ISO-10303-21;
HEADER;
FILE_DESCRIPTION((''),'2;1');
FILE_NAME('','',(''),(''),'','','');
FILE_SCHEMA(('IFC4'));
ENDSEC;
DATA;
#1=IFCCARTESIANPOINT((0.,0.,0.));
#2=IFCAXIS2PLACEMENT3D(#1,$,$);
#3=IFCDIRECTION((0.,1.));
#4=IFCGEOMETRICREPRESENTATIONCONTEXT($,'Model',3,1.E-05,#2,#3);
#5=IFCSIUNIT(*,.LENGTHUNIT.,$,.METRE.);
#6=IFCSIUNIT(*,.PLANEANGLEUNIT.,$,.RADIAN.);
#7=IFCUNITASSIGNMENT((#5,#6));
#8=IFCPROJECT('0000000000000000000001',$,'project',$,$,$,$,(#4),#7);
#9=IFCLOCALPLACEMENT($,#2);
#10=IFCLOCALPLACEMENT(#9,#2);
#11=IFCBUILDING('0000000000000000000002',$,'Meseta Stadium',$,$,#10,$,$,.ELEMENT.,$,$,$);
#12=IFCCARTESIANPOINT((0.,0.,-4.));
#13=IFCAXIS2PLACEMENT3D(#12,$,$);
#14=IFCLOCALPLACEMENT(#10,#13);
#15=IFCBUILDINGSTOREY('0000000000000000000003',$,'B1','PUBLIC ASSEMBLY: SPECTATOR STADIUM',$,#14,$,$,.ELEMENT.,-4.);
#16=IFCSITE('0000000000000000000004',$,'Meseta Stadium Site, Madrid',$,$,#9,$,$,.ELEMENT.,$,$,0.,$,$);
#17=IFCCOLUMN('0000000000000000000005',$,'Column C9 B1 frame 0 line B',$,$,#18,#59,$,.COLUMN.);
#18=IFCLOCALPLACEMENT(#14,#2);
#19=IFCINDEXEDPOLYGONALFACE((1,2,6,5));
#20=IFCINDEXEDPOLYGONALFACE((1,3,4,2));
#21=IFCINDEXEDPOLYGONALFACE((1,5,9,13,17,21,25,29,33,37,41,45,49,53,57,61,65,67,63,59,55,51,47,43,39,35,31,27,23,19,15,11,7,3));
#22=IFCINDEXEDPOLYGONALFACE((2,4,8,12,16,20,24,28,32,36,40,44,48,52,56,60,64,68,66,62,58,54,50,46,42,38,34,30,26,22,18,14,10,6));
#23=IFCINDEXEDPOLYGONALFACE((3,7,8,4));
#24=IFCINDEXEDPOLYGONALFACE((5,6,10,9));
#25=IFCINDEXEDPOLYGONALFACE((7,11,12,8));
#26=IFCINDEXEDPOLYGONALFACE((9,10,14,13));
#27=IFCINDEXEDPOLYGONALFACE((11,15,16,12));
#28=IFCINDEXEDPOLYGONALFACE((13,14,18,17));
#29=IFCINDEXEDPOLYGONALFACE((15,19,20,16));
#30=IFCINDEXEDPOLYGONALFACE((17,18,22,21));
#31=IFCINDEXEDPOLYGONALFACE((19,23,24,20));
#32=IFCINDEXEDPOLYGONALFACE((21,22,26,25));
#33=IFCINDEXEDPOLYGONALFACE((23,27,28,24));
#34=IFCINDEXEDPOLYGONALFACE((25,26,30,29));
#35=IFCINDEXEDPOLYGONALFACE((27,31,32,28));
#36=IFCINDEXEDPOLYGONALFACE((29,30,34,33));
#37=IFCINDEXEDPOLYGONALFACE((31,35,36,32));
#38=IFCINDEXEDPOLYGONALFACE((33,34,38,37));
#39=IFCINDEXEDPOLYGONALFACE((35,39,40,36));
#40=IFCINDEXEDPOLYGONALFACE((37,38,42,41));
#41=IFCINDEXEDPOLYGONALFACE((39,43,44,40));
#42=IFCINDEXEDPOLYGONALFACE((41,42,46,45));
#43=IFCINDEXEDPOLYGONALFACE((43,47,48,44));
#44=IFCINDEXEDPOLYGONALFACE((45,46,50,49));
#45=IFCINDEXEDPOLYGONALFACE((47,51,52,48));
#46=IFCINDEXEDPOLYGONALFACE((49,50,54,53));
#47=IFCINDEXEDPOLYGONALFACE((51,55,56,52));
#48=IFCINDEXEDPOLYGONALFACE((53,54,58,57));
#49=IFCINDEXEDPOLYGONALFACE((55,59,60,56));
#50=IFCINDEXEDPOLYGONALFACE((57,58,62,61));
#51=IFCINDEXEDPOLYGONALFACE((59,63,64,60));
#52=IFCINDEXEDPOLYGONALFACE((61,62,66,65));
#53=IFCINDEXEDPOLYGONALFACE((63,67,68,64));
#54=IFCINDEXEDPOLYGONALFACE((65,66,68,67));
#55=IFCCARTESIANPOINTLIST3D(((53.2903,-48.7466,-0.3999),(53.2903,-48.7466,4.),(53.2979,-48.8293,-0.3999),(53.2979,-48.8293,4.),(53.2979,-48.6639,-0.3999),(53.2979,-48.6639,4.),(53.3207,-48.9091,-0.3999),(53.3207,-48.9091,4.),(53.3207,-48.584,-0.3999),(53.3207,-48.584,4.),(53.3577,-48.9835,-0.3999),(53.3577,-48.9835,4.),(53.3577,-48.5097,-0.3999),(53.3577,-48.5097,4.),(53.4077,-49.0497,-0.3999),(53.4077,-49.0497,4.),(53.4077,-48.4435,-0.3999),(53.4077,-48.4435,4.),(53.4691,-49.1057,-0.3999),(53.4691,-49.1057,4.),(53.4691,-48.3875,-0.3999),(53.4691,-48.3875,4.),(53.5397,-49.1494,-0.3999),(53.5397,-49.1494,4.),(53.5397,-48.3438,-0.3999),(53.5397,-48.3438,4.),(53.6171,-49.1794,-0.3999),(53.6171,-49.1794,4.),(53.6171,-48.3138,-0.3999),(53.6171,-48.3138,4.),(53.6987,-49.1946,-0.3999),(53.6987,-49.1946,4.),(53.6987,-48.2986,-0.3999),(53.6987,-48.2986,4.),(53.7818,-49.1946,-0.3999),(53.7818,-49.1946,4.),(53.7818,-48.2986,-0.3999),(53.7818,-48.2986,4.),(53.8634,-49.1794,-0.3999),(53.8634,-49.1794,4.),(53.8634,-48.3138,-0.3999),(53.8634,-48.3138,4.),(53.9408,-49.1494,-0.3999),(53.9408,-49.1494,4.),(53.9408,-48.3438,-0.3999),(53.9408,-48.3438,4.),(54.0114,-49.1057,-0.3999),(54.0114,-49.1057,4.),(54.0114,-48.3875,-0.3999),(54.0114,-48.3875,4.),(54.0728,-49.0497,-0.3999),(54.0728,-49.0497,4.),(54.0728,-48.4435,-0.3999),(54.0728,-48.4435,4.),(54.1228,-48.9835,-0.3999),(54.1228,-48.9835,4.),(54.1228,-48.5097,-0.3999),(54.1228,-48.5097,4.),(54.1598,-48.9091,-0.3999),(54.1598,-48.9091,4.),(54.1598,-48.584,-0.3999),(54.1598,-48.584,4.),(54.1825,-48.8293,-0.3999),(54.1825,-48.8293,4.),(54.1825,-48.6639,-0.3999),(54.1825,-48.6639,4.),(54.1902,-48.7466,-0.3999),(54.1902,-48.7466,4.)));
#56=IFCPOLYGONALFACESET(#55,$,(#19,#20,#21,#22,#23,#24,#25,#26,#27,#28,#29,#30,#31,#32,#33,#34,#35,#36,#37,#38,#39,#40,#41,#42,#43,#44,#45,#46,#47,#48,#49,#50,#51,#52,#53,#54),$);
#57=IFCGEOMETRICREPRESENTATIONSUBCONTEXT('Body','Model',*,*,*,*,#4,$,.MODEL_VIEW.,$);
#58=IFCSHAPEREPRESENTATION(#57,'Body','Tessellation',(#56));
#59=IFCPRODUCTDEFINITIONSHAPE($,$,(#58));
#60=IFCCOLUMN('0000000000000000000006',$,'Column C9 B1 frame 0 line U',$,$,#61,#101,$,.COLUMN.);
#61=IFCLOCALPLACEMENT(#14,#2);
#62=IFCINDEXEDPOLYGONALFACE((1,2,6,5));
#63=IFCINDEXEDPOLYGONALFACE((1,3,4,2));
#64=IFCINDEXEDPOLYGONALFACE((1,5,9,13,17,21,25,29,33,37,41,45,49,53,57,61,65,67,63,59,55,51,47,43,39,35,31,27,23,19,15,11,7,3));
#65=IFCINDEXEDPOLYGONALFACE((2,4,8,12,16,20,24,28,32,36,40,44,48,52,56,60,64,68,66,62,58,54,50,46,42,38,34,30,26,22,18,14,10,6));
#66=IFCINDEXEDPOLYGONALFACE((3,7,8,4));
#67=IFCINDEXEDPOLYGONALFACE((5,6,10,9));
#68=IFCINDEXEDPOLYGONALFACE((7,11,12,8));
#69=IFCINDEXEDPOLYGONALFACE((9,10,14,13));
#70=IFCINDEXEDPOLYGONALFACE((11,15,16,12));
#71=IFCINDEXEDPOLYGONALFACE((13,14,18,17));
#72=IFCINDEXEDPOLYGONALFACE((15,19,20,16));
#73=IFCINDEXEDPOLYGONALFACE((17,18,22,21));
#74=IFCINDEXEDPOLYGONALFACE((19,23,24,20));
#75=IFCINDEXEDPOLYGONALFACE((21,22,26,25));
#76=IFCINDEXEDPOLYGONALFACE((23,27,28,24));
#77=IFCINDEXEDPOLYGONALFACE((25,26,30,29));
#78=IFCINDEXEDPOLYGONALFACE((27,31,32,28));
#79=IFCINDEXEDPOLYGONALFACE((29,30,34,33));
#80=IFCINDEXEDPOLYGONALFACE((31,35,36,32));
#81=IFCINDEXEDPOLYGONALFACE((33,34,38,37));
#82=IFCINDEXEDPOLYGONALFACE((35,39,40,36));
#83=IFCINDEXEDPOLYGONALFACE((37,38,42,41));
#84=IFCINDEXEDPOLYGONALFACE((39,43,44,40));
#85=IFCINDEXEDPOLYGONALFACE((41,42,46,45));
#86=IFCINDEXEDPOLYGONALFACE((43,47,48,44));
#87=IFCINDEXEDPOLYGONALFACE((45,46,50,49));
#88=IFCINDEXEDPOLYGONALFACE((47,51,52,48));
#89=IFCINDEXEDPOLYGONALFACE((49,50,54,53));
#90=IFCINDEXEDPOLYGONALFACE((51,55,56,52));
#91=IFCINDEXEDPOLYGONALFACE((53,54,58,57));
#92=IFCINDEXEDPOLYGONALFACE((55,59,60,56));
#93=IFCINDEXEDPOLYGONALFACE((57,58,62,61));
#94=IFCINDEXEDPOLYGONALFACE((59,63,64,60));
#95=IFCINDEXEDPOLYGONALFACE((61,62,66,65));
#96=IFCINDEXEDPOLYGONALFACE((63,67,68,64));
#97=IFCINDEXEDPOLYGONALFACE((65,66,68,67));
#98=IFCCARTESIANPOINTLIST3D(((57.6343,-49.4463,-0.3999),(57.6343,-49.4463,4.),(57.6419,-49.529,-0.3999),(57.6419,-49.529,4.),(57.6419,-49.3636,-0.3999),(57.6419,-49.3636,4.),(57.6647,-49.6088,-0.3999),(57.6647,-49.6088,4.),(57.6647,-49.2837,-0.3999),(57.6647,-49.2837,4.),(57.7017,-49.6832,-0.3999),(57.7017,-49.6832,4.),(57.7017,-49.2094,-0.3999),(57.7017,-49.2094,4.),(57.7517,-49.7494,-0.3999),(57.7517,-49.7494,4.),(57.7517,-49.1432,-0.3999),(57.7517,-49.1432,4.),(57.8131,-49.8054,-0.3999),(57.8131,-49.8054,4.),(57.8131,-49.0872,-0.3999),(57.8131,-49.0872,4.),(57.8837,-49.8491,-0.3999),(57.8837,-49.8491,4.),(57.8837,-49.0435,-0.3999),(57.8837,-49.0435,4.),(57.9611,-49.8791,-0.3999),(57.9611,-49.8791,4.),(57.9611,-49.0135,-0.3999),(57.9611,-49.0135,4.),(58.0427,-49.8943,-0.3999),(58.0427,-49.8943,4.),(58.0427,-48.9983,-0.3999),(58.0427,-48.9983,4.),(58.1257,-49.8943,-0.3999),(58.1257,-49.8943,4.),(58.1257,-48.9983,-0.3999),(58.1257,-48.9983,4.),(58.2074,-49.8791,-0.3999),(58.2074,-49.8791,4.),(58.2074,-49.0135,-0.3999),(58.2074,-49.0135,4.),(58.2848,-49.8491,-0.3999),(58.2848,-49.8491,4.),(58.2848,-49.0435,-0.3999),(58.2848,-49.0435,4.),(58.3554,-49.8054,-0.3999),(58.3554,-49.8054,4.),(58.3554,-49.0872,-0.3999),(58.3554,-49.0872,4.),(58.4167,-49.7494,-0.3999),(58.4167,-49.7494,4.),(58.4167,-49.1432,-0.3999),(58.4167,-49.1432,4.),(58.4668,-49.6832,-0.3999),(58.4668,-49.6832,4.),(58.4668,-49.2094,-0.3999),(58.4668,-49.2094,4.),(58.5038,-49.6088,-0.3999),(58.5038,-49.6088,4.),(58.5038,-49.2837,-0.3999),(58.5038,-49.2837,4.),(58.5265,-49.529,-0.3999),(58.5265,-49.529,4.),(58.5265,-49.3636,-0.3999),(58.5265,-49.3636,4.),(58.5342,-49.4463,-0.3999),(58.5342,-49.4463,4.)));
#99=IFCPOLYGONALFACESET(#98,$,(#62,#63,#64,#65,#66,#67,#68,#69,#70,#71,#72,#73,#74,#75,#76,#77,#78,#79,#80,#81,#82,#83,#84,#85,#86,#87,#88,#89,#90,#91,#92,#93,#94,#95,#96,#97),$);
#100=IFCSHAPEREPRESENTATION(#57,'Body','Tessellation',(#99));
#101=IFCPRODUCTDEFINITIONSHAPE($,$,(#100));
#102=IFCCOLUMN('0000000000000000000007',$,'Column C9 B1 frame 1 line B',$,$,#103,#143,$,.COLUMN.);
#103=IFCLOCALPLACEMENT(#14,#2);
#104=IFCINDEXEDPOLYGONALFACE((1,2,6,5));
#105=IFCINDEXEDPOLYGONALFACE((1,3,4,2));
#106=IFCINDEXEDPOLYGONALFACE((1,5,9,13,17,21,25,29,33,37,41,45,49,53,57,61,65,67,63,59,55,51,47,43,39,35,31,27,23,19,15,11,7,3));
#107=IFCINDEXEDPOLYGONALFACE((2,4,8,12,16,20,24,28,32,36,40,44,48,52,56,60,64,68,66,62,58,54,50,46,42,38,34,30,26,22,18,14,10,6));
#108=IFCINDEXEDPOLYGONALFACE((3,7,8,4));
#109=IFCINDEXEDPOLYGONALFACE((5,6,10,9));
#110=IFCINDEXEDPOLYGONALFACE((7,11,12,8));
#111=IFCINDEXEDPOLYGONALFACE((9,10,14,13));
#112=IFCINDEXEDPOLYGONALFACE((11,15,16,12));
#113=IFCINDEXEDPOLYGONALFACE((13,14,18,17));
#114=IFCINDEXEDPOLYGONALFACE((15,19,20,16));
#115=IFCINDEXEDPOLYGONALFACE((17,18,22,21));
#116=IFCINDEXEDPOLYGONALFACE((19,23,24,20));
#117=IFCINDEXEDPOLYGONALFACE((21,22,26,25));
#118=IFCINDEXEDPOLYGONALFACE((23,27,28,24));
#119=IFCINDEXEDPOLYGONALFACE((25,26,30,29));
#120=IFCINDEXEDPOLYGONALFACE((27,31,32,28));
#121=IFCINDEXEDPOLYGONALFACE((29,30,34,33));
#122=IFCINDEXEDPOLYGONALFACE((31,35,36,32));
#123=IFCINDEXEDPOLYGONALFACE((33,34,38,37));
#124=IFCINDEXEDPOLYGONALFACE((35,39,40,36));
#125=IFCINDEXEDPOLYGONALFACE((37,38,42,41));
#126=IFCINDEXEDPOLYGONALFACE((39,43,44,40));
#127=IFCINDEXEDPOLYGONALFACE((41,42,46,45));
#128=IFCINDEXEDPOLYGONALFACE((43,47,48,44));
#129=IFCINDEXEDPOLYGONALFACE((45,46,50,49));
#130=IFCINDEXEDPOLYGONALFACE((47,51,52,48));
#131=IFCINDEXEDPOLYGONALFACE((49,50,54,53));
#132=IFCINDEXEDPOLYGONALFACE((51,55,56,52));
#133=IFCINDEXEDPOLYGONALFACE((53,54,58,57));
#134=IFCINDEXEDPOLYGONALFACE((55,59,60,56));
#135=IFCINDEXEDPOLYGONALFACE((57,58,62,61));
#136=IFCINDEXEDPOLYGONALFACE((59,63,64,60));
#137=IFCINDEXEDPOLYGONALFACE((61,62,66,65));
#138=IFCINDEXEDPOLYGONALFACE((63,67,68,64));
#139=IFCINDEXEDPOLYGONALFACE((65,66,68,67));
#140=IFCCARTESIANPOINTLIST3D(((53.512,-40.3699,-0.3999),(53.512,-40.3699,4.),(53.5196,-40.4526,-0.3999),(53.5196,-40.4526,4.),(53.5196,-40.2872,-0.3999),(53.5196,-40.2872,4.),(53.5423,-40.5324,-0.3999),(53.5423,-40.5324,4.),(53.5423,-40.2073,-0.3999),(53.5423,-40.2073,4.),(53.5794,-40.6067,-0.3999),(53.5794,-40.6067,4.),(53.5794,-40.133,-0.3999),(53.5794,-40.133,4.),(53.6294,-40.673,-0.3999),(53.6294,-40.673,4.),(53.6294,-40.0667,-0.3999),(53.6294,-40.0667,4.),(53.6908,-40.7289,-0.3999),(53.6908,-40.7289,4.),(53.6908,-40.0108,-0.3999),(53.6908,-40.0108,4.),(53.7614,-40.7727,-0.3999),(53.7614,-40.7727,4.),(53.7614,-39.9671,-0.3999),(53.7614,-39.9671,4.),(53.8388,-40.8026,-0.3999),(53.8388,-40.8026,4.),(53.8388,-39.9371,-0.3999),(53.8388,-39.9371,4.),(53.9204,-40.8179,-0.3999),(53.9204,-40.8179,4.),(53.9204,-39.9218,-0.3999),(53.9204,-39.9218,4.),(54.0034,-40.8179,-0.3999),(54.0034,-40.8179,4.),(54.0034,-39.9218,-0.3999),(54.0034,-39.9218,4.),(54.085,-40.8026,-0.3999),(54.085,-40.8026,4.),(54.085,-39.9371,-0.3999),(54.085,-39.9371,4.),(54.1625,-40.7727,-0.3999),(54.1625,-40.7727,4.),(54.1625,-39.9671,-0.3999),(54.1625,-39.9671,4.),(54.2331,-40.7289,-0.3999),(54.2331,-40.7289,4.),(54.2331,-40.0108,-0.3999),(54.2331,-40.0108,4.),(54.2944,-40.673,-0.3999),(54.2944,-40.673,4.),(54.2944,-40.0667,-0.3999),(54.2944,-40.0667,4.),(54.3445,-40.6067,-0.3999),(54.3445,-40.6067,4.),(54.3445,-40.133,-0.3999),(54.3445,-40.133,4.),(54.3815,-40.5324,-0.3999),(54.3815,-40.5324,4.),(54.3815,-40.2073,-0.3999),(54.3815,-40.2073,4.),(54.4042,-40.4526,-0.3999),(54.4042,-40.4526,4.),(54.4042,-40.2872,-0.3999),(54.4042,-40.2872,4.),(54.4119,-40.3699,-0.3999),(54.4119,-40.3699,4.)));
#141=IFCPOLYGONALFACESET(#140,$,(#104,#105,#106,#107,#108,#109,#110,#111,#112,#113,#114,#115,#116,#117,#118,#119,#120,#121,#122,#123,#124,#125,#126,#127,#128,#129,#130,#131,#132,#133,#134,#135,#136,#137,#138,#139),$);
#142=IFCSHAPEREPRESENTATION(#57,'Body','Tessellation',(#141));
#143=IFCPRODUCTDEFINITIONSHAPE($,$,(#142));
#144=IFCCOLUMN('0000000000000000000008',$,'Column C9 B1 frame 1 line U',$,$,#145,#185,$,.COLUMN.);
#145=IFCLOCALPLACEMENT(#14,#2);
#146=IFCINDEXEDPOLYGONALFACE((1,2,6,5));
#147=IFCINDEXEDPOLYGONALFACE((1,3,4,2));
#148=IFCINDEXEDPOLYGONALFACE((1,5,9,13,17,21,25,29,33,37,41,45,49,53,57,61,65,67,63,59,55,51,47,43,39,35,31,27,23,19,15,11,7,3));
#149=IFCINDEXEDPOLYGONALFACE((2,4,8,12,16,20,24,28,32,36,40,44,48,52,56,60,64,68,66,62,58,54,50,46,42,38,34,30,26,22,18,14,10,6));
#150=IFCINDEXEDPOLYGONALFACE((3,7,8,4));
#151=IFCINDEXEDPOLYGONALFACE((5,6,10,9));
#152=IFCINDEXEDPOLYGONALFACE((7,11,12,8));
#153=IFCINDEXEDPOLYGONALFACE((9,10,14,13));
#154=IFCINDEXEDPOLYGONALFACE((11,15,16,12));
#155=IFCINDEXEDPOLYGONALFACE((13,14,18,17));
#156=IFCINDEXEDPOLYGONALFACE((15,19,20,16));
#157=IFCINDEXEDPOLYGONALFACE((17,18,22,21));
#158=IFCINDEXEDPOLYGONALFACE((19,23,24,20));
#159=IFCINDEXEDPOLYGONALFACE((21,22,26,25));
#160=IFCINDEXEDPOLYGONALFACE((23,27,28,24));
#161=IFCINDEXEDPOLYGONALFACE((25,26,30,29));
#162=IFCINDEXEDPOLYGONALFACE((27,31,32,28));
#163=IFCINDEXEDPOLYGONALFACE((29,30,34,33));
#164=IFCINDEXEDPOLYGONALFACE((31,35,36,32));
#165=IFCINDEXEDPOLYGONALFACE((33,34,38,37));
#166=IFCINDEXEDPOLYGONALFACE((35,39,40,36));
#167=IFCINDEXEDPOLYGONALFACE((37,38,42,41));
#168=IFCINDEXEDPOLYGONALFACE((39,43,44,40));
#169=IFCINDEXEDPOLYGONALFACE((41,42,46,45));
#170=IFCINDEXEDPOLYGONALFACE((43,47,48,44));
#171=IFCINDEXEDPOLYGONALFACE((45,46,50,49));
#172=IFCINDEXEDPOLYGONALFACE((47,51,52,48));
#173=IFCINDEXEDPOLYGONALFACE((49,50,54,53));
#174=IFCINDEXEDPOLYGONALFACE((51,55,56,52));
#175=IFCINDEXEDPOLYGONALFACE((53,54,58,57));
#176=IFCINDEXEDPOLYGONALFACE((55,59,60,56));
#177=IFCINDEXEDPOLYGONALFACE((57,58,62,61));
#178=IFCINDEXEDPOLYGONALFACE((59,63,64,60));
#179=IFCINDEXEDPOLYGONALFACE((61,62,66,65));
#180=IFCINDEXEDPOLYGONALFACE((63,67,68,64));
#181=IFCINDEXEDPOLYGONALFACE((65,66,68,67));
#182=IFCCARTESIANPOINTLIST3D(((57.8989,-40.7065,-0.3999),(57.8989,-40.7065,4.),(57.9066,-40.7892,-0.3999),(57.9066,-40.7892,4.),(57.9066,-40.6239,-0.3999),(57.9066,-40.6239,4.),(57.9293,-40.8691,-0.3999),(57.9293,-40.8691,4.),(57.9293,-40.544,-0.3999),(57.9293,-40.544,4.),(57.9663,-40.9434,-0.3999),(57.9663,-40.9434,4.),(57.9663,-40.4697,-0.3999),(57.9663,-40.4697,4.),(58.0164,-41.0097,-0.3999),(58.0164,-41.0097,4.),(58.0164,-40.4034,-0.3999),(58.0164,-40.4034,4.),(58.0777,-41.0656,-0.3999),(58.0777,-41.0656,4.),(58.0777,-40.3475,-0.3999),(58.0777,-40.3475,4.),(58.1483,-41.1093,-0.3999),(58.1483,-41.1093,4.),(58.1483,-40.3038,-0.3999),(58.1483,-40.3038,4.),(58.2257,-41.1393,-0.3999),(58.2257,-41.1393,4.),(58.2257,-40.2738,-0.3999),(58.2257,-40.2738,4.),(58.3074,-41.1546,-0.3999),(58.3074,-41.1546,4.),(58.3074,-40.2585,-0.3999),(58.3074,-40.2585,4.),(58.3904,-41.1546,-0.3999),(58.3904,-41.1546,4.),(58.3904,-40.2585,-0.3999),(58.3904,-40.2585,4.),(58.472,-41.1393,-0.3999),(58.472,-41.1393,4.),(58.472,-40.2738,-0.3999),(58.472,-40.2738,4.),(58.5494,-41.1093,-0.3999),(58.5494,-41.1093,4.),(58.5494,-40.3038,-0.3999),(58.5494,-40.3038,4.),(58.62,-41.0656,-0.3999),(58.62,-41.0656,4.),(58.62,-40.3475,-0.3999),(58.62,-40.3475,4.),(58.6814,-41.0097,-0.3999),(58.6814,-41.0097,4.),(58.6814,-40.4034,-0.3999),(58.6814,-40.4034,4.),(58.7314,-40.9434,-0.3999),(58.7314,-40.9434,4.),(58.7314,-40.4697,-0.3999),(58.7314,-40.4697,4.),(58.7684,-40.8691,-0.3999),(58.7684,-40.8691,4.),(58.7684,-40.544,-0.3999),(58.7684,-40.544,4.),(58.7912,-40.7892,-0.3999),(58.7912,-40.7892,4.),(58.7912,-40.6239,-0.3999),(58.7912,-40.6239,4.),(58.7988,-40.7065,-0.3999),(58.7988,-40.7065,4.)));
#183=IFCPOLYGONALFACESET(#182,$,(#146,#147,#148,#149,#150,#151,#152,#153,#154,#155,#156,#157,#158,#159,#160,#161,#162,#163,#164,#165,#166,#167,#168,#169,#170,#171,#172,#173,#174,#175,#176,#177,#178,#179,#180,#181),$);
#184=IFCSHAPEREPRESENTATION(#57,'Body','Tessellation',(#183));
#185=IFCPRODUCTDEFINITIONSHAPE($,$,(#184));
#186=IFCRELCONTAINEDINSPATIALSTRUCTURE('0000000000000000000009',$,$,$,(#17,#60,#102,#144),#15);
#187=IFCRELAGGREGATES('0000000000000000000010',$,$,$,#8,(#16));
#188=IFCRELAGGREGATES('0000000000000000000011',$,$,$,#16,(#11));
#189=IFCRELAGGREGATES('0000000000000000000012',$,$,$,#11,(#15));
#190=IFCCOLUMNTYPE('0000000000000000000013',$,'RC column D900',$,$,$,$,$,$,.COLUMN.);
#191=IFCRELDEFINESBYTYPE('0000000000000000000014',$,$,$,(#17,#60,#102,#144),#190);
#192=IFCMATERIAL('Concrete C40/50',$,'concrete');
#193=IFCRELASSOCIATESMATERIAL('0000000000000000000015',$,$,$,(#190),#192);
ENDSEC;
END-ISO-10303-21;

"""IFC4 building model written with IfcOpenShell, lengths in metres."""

from ifc_helpers import new_model, si_unit, direction, frame, origin, origin_2d, place, context, subcontext, project, spatial, circle, extrude, material, material_profile, profile_set, type_object, element, save


model = new_model("IFC4")

# Units and contexts
model_context = context("Model", 3, precision=1e-05, world=origin(), true_north=direction((0.0, 1.0)))
body_context = subcontext(model_context, "Body", "Model", "MODEL_VIEW")
ifc_project = project(units=[si_unit("LENGTHUNIT", "METRE"), si_unit("PLANEANGLEUNIT", "RADIAN")], contexts=[model_context])

# Site, building, storey
site_placement = place(None, origin())
site = spatial("IfcSite", under=ifc_project, at=site_placement, Name="Meseta Stadium Site, Madrid", CompositionType="ELEMENT", RefElevation=0.0)
building_placement = place(site_placement, origin())
building = spatial("IfcBuilding", under=site, at=building_placement, Name="Meseta Stadium", CompositionType="ELEMENT")
storey_placement = place(building_placement, frame((0.0, 0.0, -4.0)))
storey = spatial("IfcBuildingStorey", under=building, at=storey_placement, Name="B1", Description="PUBLIC ASSEMBLY: SPECTATOR STADIUM", CompositionType="ELEMENT", Elevation=-4.0)

# Columns
ifc_material_1 = material(Name="Concrete C40/50", Category="concrete")
ifc_material_profile_1 = material_profile(ifc_material_1, circle(Radius=0.45, at=origin_2d()), Name="RC D900")
ifc_profile_set_1 = profile_set([ifc_material_profile_1], Name="Concrete C40/50")
column_type_1 = type_object("IfcColumnType", Name="RC column D900", PredefinedType="COLUMN", material=ifc_profile_set_1)
for number, where, z_axis, x_axis, name in (
    (1, (53.7402, -48.7466, -0.3999), (0.0, 0.0, 1.0), (1.0, 0.0, 0.0), "Column C9 B1 frame 0 line B"),
    (2, (58.0842, -49.4463, -0.3999), (0.0, 0.0, 1.0), (1.0, 0.0, 0.0), "Column C9 B1 frame 0 line U"),
    (3, (53.9619, -40.3699, -0.3999), (0.0, 0.0, 1.0), (1.0, 0.0, 0.0), "Column C9 B1 frame 1 line B"),
    (4, (58.3489, -40.7065, -0.3999), (0.0, 0.0, 1.0), (1.0, 0.0, 0.0), "Column C9 B1 frame 1 line U"),
):
    element("IfcColumn", number, at=place(storey_placement, frame(where, z_axis=z_axis, x_axis=x_axis)), inside=storey, type_object=column_type_1, Name=name, PredefinedType="COLUMN", context=body_context, shape_type="SweptSolid", body=[
        extrude(circle(Radius=0.45, at=origin_2d()), origin(), (0.0, 0.0, 1.0), 4.3999),
    ])

save(model, "model.ifc")
